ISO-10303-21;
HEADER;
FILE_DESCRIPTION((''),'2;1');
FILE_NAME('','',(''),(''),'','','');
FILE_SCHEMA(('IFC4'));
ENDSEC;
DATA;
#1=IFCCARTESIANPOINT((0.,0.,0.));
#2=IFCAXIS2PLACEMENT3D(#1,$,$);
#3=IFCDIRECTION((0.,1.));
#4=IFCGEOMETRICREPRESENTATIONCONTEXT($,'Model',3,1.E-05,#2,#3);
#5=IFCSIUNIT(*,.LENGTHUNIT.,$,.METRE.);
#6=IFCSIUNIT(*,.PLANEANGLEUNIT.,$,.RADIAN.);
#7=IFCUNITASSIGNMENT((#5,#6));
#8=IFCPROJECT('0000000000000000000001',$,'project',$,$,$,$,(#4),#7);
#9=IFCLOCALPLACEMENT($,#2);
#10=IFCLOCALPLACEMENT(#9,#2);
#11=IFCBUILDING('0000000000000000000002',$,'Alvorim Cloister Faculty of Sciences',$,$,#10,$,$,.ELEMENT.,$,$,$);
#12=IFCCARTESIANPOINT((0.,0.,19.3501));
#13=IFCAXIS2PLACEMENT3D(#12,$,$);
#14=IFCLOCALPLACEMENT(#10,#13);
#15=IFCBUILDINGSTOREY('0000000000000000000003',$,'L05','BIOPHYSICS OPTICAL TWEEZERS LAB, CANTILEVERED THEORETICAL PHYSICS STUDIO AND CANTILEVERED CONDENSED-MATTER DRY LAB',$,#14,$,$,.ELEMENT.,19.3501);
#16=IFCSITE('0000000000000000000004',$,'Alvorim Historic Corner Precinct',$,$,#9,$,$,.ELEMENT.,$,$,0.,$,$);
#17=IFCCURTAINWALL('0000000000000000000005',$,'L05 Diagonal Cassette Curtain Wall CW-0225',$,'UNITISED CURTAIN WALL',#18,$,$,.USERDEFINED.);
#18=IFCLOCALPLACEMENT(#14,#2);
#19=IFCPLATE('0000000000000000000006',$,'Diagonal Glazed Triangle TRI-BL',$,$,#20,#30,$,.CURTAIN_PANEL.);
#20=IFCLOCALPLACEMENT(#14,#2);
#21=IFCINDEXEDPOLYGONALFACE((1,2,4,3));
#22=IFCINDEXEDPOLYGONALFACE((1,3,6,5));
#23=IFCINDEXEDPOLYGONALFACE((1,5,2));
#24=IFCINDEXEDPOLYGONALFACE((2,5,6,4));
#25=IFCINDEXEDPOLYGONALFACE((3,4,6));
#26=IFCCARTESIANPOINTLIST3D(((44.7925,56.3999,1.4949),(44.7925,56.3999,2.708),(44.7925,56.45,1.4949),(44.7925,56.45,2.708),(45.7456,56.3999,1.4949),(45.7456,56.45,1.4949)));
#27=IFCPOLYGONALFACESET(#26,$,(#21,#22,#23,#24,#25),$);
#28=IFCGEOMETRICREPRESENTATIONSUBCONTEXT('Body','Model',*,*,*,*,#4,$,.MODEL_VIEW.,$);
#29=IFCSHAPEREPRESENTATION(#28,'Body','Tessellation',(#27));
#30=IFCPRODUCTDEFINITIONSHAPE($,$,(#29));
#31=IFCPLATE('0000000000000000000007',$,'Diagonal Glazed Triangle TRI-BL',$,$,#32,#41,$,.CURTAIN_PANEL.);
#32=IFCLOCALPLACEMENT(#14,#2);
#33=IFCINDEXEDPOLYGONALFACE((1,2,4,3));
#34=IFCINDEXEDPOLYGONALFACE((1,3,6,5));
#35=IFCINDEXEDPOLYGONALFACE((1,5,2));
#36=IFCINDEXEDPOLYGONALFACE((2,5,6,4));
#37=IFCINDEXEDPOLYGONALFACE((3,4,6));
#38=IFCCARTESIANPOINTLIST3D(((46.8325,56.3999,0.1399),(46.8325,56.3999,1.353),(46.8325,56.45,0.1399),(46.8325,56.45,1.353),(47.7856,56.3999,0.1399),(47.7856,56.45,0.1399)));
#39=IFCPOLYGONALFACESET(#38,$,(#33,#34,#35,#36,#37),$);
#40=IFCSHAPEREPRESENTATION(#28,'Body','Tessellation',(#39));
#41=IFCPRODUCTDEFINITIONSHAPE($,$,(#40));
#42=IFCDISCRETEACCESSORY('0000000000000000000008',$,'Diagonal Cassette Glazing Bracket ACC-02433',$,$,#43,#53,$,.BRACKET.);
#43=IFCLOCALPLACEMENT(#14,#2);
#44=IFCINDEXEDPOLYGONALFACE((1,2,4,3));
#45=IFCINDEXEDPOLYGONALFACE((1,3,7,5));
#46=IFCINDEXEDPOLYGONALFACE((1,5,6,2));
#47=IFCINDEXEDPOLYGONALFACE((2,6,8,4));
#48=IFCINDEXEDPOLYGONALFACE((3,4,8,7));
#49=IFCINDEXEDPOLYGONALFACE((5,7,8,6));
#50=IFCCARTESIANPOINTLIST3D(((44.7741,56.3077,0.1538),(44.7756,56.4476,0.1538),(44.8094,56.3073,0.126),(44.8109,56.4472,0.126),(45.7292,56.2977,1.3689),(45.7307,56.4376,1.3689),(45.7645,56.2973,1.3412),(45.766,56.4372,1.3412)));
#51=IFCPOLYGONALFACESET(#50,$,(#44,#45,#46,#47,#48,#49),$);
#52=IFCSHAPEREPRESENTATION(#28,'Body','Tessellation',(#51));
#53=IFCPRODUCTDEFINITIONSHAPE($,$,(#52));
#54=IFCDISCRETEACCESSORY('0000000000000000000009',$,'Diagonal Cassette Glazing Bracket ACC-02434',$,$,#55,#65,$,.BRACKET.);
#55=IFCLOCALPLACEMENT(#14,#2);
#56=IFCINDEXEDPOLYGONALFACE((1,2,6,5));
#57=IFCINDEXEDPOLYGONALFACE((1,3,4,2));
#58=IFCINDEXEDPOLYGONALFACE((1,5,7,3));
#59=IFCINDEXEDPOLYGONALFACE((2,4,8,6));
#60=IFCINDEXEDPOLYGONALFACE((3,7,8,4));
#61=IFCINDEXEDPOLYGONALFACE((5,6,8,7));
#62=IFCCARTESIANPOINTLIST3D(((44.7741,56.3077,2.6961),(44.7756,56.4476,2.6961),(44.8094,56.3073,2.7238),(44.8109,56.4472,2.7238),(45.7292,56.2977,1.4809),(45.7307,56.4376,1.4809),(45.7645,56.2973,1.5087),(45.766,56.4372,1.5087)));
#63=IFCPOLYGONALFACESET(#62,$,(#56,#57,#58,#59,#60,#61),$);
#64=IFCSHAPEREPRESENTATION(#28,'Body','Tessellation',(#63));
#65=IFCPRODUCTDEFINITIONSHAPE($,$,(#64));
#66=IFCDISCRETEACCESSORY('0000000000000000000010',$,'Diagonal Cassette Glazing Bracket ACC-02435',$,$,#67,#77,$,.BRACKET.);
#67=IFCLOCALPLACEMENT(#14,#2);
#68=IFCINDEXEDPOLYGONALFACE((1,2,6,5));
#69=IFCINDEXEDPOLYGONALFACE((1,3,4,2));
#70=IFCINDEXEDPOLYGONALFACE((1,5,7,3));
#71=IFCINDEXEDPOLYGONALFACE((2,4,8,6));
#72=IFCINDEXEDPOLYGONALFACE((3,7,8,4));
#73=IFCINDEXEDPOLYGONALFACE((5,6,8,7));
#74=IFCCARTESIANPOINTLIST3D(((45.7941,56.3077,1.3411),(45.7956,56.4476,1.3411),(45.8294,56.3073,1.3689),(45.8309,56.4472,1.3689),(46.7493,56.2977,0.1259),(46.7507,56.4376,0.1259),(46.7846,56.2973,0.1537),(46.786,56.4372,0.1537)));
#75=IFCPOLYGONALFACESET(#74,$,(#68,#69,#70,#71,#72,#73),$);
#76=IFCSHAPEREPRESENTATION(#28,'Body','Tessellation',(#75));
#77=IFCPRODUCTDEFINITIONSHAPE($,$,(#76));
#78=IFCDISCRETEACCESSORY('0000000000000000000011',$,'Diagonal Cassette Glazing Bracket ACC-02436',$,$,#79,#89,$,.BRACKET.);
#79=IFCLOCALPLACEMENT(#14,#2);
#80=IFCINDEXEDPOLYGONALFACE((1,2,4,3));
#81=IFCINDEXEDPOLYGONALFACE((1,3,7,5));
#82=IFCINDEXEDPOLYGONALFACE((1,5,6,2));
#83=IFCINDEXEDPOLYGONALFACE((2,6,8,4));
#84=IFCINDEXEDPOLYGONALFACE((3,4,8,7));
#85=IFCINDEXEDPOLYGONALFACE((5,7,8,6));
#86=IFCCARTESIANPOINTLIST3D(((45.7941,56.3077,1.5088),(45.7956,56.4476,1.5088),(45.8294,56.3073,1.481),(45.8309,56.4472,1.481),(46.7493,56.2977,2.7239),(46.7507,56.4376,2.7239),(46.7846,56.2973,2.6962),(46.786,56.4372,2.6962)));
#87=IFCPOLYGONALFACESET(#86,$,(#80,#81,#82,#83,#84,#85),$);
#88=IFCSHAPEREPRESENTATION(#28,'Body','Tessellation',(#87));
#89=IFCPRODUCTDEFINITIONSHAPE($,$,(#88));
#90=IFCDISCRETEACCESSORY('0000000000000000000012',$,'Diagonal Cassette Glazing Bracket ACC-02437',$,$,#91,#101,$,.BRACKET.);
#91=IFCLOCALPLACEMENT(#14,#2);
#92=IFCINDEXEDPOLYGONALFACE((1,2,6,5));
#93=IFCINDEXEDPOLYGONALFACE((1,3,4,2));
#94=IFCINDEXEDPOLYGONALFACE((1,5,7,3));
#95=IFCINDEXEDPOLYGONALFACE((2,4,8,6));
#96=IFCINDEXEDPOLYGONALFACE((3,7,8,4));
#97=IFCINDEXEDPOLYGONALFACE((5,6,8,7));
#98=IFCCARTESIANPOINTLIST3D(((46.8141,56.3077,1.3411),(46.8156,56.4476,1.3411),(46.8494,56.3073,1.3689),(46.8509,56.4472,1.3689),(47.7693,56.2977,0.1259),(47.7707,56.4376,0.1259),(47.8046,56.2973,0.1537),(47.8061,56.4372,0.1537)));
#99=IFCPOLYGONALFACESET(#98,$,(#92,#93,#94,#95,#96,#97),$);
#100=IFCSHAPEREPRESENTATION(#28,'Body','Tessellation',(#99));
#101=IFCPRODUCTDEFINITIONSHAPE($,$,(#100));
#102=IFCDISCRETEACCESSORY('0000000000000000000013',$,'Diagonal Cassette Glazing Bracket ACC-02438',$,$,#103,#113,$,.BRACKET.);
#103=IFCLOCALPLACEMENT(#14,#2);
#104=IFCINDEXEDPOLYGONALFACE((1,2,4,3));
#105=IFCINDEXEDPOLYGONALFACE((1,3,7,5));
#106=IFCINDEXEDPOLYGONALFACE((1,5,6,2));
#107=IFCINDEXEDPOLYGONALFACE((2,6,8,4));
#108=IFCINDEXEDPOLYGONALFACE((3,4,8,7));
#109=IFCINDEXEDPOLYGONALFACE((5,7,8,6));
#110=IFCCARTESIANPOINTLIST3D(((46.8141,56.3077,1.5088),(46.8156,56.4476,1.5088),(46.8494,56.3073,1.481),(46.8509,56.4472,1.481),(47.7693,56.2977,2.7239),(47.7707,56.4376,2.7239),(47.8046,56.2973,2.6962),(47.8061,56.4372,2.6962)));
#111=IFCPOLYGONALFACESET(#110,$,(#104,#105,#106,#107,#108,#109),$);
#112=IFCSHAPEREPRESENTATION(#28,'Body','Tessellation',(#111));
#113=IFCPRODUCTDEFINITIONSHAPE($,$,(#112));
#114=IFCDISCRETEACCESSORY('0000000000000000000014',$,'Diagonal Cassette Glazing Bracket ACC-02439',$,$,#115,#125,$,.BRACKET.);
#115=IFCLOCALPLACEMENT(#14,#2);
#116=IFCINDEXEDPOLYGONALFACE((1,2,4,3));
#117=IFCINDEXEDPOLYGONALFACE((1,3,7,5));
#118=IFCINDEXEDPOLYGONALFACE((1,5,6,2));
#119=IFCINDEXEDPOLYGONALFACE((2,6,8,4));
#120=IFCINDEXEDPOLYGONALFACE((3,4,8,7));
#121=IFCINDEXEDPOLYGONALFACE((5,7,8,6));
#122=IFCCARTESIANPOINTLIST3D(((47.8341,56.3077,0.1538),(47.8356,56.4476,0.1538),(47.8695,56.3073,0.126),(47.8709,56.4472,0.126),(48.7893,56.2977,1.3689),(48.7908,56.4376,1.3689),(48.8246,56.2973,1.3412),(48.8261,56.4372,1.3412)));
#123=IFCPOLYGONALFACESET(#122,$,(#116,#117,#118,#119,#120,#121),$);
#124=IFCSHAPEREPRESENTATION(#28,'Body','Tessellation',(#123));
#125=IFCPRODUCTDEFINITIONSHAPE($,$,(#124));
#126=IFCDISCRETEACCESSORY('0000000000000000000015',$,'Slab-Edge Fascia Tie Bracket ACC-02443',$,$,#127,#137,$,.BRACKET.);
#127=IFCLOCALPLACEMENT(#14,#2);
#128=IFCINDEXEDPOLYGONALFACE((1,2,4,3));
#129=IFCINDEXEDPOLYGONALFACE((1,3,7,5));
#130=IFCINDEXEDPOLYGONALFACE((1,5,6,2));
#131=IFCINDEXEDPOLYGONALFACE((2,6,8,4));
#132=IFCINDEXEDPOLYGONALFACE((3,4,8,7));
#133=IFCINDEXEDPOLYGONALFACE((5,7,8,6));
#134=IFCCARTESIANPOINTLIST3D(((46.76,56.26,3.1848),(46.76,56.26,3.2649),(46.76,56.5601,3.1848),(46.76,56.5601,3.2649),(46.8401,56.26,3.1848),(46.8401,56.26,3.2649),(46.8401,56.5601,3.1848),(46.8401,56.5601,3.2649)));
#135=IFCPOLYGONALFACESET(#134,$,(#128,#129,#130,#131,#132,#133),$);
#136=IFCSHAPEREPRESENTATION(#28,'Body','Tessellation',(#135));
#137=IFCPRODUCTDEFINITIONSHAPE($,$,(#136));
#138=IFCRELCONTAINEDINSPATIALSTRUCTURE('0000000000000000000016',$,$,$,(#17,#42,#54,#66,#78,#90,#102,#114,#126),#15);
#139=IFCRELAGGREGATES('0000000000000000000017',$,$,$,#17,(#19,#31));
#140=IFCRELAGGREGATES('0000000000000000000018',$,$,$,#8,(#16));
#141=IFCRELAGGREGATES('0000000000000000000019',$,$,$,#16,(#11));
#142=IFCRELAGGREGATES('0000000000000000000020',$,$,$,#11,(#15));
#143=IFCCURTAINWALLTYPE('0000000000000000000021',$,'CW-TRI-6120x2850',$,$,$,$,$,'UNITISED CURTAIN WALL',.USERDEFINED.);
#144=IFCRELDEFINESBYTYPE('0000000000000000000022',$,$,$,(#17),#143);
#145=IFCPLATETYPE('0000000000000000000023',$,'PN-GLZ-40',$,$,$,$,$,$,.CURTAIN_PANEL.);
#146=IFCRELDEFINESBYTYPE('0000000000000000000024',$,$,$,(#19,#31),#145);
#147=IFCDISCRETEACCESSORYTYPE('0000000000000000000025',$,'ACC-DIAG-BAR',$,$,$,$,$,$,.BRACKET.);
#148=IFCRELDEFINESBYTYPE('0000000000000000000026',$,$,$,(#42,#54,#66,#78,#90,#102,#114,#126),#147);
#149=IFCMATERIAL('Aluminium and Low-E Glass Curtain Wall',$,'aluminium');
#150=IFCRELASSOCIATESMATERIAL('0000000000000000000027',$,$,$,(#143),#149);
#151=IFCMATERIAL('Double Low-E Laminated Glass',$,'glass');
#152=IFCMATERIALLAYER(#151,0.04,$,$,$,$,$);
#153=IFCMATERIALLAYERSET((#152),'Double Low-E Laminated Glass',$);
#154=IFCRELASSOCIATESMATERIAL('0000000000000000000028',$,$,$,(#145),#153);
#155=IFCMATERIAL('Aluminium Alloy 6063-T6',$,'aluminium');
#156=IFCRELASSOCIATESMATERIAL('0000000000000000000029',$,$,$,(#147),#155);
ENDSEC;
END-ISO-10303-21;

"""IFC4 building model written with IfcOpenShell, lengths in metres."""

from ifc_helpers import new_model, si_unit, direction, frame, origin, origin_2d, place, context, subcontext, project, spatial, polyline, rectangle, outline, extrude, material, layer, layer_set, type_object, element, aggregate, save


model = new_model("IFC4")

# Units and contexts
model_context = context("Model", 3, precision=1e-05, world=origin(), true_north=direction((0.0, 1.0)))
body_context = subcontext(model_context, "Body", "Model", "MODEL_VIEW")
ifc_project = project(units=[si_unit("LENGTHUNIT", "METRE"), si_unit("PLANEANGLEUNIT", "RADIAN")], contexts=[model_context])

# Site, building, storey
site_placement = place(None, origin())
site = spatial("IfcSite", under=ifc_project, at=site_placement, Name="Alvorim Historic Corner Precinct", CompositionType="ELEMENT", RefElevation=0.0)
building_placement = place(site_placement, origin())
building = spatial("IfcBuilding", under=site, at=building_placement, Name="Alvorim Cloister Faculty of Sciences", CompositionType="ELEMENT")
storey_placement = place(building_placement, frame((0.0, 0.0, 19.3501)))
storey = spatial("IfcBuildingStorey", under=building, at=storey_placement, Name="L05", Description="BIOPHYSICS OPTICAL TWEEZERS LAB, CANTILEVERED THEORETICAL PHYSICS STUDIO AND CANTILEVERED CONDENSED-MATTER DRY LAB", CompositionType="ELEMENT", Elevation=19.3501)

# Curtain wall, plates
ifc_material_1 = material(Name="Aluminium and Low-E Glass Curtain Wall", Category="aluminium")
curtain_wall_type = type_object("IfcCurtainWallType", Name="CW-TRI-6120x2850", ElementType="UNITISED CURTAIN WALL", PredefinedType="USERDEFINED", material=ifc_material_1)
curtain_wall_placement = place(storey_placement, origin())
curtain_wall = element("IfcCurtainWall", 1, at=curtain_wall_placement, inside=storey, type_object=curtain_wall_type, Name="L05 Diagonal Cassette Curtain Wall CW-0225", ObjectType="UNITISED CURTAIN WALL", PredefinedType="USERDEFINED")
ifc_material_2 = material(Name="Aluminium Alloy 6063-T6", Category="aluminium")
ifc_material_3 = material(Name="Double Low-E Laminated Glass", Category="glass")
ifc_layer = layer(ifc_material_3, 0.04)
ifc_layer_set = layer_set([ifc_layer], Name="Double Low-E Laminated Glass")
plate_type = type_object("IfcPlateType", Name="PN-GLZ-40", PredefinedType="CURTAIN_PANEL", material=ifc_layer_set)
plate_1_placement = place(storey_placement, frame((44.7925, 56.425, 1.4949), z_axis=(0.0, 0.0, 1.0), x_axis=(1.0, 0.0, 0.0)))
plate_1 = element("IfcPlate", 2, at=plate_1_placement, type_object=plate_type, Name="Diagonal Glazed Triangle TRI-BL", PredefinedType="CURTAIN_PANEL", context=body_context, shape_type="SweptSolid", body=[
    extrude(outline(polyline([(0.0, 0.0), (0.9531, 0.0), (0.0, 1.2131), (0.0, 0.0)])), frame((0.0, 0.0249, 0.0), z_axis=(0.0, -1.0, 0.0), x_axis=(1.0, 0.0, 0.0)), (0.0, 0.0, 1.0), 0.05),
])
plate_2_placement = place(storey_placement, frame((46.8325, 56.425, 0.1399), z_axis=(0.0, 0.0, 1.0), x_axis=(1.0, 0.0, 0.0)))
plate_2 = element("IfcPlate", 3, at=plate_2_placement, type_object=plate_type, Name="Diagonal Glazed Triangle TRI-BL", PredefinedType="CURTAIN_PANEL", context=body_context, shape_type="SweptSolid", body=[
    extrude(outline(polyline([(0.0, 0.0), (0.9531, 0.0), (0.0, 1.2131), (0.0, 0.0)])), frame((0.0, 0.0249, 0.0), z_axis=(0.0, -1.0, 0.0), x_axis=(1.0, 0.0, 0.0)), (0.0, 0.0, 1.0), 0.05),
])
aggregate(curtain_wall, [plate_1, plate_2])

# Discrete accessories
discrete_accessory_type = type_object("IfcDiscreteAccessoryType", Name="ACC-DIAG-BAR", PredefinedType="BRACKET", material=ifc_material_2)
for number, where, z_axis, x_axis, name in (
    (4, (44.7925, 56.3774, 0.1399), (0.617955, -0.006477, 0.786187), (0.01048, 0.999945, 0.0), "Diagonal Cassette Glazing Bracket ACC-02433"),
    (5, (44.7925, 56.3774, 2.71), (0.617955, -0.006477, -0.786187), (0.01048, 0.999945, 0.0), "Diagonal Cassette Glazing Bracket ACC-02434"),
    (6, (45.8125, 56.3774, 1.355), (0.617955, -0.006477, -0.786187), (0.01048, 0.999945, 0.0), "Diagonal Cassette Glazing Bracket ACC-02435"),
    (7, (45.8125, 56.3774, 1.4949), (0.617955, -0.006477, 0.786187), (0.01048, 0.999945, 0.0), "Diagonal Cassette Glazing Bracket ACC-02436"),
    (8, (46.8325, 56.3774, 1.355), (0.617955, -0.006477, -0.786187), (0.01048, 0.999945, 0.0), "Diagonal Cassette Glazing Bracket ACC-02437"),
    (9, (46.8325, 56.3774, 1.4949), (0.617955, -0.006477, 0.786187), (0.01048, 0.999945, 0.0), "Diagonal Cassette Glazing Bracket ACC-02438"),
    (10, (47.8525, 56.3774, 0.1399), (0.617955, -0.006477, 0.786187), (0.01048, 0.999945, 0.0), "Diagonal Cassette Glazing Bracket ACC-02439"),
):
    element("IfcDiscreteAccessory", number, at=place(storey_placement, frame(where, z_axis=z_axis, x_axis=x_axis)), inside=storey, type_object=discrete_accessory_type, Name=name, PredefinedType="BRACKET", context=body_context, shape_type="SweptSolid", body=[
        extrude(rectangle(XDim=0.1399, YDim=0.0449, at=origin_2d()), origin(), (0.0, 0.0, 1.0), 1.5457),
    ])
discrete_accessory_placement = place(storey_placement, frame((46.8, 56.26, 3.2249), z_axis=(0.0, 1.0, 0.0), x_axis=(-1.0, 0.0, 0.0)))
element("IfcDiscreteAccessory", 11, at=discrete_accessory_placement, inside=storey, type_object=discrete_accessory_type, Name="Slab-Edge Fascia Tie Bracket ACC-02443", PredefinedType="BRACKET", context=body_context, shape_type="SweptSolid", body=[
    extrude(rectangle(XDim=0.0801, YDim=0.0801, at=origin_2d()), origin(), (0.0, 0.0, 1.0), 0.3),
])

save(model, "model.ifc")
